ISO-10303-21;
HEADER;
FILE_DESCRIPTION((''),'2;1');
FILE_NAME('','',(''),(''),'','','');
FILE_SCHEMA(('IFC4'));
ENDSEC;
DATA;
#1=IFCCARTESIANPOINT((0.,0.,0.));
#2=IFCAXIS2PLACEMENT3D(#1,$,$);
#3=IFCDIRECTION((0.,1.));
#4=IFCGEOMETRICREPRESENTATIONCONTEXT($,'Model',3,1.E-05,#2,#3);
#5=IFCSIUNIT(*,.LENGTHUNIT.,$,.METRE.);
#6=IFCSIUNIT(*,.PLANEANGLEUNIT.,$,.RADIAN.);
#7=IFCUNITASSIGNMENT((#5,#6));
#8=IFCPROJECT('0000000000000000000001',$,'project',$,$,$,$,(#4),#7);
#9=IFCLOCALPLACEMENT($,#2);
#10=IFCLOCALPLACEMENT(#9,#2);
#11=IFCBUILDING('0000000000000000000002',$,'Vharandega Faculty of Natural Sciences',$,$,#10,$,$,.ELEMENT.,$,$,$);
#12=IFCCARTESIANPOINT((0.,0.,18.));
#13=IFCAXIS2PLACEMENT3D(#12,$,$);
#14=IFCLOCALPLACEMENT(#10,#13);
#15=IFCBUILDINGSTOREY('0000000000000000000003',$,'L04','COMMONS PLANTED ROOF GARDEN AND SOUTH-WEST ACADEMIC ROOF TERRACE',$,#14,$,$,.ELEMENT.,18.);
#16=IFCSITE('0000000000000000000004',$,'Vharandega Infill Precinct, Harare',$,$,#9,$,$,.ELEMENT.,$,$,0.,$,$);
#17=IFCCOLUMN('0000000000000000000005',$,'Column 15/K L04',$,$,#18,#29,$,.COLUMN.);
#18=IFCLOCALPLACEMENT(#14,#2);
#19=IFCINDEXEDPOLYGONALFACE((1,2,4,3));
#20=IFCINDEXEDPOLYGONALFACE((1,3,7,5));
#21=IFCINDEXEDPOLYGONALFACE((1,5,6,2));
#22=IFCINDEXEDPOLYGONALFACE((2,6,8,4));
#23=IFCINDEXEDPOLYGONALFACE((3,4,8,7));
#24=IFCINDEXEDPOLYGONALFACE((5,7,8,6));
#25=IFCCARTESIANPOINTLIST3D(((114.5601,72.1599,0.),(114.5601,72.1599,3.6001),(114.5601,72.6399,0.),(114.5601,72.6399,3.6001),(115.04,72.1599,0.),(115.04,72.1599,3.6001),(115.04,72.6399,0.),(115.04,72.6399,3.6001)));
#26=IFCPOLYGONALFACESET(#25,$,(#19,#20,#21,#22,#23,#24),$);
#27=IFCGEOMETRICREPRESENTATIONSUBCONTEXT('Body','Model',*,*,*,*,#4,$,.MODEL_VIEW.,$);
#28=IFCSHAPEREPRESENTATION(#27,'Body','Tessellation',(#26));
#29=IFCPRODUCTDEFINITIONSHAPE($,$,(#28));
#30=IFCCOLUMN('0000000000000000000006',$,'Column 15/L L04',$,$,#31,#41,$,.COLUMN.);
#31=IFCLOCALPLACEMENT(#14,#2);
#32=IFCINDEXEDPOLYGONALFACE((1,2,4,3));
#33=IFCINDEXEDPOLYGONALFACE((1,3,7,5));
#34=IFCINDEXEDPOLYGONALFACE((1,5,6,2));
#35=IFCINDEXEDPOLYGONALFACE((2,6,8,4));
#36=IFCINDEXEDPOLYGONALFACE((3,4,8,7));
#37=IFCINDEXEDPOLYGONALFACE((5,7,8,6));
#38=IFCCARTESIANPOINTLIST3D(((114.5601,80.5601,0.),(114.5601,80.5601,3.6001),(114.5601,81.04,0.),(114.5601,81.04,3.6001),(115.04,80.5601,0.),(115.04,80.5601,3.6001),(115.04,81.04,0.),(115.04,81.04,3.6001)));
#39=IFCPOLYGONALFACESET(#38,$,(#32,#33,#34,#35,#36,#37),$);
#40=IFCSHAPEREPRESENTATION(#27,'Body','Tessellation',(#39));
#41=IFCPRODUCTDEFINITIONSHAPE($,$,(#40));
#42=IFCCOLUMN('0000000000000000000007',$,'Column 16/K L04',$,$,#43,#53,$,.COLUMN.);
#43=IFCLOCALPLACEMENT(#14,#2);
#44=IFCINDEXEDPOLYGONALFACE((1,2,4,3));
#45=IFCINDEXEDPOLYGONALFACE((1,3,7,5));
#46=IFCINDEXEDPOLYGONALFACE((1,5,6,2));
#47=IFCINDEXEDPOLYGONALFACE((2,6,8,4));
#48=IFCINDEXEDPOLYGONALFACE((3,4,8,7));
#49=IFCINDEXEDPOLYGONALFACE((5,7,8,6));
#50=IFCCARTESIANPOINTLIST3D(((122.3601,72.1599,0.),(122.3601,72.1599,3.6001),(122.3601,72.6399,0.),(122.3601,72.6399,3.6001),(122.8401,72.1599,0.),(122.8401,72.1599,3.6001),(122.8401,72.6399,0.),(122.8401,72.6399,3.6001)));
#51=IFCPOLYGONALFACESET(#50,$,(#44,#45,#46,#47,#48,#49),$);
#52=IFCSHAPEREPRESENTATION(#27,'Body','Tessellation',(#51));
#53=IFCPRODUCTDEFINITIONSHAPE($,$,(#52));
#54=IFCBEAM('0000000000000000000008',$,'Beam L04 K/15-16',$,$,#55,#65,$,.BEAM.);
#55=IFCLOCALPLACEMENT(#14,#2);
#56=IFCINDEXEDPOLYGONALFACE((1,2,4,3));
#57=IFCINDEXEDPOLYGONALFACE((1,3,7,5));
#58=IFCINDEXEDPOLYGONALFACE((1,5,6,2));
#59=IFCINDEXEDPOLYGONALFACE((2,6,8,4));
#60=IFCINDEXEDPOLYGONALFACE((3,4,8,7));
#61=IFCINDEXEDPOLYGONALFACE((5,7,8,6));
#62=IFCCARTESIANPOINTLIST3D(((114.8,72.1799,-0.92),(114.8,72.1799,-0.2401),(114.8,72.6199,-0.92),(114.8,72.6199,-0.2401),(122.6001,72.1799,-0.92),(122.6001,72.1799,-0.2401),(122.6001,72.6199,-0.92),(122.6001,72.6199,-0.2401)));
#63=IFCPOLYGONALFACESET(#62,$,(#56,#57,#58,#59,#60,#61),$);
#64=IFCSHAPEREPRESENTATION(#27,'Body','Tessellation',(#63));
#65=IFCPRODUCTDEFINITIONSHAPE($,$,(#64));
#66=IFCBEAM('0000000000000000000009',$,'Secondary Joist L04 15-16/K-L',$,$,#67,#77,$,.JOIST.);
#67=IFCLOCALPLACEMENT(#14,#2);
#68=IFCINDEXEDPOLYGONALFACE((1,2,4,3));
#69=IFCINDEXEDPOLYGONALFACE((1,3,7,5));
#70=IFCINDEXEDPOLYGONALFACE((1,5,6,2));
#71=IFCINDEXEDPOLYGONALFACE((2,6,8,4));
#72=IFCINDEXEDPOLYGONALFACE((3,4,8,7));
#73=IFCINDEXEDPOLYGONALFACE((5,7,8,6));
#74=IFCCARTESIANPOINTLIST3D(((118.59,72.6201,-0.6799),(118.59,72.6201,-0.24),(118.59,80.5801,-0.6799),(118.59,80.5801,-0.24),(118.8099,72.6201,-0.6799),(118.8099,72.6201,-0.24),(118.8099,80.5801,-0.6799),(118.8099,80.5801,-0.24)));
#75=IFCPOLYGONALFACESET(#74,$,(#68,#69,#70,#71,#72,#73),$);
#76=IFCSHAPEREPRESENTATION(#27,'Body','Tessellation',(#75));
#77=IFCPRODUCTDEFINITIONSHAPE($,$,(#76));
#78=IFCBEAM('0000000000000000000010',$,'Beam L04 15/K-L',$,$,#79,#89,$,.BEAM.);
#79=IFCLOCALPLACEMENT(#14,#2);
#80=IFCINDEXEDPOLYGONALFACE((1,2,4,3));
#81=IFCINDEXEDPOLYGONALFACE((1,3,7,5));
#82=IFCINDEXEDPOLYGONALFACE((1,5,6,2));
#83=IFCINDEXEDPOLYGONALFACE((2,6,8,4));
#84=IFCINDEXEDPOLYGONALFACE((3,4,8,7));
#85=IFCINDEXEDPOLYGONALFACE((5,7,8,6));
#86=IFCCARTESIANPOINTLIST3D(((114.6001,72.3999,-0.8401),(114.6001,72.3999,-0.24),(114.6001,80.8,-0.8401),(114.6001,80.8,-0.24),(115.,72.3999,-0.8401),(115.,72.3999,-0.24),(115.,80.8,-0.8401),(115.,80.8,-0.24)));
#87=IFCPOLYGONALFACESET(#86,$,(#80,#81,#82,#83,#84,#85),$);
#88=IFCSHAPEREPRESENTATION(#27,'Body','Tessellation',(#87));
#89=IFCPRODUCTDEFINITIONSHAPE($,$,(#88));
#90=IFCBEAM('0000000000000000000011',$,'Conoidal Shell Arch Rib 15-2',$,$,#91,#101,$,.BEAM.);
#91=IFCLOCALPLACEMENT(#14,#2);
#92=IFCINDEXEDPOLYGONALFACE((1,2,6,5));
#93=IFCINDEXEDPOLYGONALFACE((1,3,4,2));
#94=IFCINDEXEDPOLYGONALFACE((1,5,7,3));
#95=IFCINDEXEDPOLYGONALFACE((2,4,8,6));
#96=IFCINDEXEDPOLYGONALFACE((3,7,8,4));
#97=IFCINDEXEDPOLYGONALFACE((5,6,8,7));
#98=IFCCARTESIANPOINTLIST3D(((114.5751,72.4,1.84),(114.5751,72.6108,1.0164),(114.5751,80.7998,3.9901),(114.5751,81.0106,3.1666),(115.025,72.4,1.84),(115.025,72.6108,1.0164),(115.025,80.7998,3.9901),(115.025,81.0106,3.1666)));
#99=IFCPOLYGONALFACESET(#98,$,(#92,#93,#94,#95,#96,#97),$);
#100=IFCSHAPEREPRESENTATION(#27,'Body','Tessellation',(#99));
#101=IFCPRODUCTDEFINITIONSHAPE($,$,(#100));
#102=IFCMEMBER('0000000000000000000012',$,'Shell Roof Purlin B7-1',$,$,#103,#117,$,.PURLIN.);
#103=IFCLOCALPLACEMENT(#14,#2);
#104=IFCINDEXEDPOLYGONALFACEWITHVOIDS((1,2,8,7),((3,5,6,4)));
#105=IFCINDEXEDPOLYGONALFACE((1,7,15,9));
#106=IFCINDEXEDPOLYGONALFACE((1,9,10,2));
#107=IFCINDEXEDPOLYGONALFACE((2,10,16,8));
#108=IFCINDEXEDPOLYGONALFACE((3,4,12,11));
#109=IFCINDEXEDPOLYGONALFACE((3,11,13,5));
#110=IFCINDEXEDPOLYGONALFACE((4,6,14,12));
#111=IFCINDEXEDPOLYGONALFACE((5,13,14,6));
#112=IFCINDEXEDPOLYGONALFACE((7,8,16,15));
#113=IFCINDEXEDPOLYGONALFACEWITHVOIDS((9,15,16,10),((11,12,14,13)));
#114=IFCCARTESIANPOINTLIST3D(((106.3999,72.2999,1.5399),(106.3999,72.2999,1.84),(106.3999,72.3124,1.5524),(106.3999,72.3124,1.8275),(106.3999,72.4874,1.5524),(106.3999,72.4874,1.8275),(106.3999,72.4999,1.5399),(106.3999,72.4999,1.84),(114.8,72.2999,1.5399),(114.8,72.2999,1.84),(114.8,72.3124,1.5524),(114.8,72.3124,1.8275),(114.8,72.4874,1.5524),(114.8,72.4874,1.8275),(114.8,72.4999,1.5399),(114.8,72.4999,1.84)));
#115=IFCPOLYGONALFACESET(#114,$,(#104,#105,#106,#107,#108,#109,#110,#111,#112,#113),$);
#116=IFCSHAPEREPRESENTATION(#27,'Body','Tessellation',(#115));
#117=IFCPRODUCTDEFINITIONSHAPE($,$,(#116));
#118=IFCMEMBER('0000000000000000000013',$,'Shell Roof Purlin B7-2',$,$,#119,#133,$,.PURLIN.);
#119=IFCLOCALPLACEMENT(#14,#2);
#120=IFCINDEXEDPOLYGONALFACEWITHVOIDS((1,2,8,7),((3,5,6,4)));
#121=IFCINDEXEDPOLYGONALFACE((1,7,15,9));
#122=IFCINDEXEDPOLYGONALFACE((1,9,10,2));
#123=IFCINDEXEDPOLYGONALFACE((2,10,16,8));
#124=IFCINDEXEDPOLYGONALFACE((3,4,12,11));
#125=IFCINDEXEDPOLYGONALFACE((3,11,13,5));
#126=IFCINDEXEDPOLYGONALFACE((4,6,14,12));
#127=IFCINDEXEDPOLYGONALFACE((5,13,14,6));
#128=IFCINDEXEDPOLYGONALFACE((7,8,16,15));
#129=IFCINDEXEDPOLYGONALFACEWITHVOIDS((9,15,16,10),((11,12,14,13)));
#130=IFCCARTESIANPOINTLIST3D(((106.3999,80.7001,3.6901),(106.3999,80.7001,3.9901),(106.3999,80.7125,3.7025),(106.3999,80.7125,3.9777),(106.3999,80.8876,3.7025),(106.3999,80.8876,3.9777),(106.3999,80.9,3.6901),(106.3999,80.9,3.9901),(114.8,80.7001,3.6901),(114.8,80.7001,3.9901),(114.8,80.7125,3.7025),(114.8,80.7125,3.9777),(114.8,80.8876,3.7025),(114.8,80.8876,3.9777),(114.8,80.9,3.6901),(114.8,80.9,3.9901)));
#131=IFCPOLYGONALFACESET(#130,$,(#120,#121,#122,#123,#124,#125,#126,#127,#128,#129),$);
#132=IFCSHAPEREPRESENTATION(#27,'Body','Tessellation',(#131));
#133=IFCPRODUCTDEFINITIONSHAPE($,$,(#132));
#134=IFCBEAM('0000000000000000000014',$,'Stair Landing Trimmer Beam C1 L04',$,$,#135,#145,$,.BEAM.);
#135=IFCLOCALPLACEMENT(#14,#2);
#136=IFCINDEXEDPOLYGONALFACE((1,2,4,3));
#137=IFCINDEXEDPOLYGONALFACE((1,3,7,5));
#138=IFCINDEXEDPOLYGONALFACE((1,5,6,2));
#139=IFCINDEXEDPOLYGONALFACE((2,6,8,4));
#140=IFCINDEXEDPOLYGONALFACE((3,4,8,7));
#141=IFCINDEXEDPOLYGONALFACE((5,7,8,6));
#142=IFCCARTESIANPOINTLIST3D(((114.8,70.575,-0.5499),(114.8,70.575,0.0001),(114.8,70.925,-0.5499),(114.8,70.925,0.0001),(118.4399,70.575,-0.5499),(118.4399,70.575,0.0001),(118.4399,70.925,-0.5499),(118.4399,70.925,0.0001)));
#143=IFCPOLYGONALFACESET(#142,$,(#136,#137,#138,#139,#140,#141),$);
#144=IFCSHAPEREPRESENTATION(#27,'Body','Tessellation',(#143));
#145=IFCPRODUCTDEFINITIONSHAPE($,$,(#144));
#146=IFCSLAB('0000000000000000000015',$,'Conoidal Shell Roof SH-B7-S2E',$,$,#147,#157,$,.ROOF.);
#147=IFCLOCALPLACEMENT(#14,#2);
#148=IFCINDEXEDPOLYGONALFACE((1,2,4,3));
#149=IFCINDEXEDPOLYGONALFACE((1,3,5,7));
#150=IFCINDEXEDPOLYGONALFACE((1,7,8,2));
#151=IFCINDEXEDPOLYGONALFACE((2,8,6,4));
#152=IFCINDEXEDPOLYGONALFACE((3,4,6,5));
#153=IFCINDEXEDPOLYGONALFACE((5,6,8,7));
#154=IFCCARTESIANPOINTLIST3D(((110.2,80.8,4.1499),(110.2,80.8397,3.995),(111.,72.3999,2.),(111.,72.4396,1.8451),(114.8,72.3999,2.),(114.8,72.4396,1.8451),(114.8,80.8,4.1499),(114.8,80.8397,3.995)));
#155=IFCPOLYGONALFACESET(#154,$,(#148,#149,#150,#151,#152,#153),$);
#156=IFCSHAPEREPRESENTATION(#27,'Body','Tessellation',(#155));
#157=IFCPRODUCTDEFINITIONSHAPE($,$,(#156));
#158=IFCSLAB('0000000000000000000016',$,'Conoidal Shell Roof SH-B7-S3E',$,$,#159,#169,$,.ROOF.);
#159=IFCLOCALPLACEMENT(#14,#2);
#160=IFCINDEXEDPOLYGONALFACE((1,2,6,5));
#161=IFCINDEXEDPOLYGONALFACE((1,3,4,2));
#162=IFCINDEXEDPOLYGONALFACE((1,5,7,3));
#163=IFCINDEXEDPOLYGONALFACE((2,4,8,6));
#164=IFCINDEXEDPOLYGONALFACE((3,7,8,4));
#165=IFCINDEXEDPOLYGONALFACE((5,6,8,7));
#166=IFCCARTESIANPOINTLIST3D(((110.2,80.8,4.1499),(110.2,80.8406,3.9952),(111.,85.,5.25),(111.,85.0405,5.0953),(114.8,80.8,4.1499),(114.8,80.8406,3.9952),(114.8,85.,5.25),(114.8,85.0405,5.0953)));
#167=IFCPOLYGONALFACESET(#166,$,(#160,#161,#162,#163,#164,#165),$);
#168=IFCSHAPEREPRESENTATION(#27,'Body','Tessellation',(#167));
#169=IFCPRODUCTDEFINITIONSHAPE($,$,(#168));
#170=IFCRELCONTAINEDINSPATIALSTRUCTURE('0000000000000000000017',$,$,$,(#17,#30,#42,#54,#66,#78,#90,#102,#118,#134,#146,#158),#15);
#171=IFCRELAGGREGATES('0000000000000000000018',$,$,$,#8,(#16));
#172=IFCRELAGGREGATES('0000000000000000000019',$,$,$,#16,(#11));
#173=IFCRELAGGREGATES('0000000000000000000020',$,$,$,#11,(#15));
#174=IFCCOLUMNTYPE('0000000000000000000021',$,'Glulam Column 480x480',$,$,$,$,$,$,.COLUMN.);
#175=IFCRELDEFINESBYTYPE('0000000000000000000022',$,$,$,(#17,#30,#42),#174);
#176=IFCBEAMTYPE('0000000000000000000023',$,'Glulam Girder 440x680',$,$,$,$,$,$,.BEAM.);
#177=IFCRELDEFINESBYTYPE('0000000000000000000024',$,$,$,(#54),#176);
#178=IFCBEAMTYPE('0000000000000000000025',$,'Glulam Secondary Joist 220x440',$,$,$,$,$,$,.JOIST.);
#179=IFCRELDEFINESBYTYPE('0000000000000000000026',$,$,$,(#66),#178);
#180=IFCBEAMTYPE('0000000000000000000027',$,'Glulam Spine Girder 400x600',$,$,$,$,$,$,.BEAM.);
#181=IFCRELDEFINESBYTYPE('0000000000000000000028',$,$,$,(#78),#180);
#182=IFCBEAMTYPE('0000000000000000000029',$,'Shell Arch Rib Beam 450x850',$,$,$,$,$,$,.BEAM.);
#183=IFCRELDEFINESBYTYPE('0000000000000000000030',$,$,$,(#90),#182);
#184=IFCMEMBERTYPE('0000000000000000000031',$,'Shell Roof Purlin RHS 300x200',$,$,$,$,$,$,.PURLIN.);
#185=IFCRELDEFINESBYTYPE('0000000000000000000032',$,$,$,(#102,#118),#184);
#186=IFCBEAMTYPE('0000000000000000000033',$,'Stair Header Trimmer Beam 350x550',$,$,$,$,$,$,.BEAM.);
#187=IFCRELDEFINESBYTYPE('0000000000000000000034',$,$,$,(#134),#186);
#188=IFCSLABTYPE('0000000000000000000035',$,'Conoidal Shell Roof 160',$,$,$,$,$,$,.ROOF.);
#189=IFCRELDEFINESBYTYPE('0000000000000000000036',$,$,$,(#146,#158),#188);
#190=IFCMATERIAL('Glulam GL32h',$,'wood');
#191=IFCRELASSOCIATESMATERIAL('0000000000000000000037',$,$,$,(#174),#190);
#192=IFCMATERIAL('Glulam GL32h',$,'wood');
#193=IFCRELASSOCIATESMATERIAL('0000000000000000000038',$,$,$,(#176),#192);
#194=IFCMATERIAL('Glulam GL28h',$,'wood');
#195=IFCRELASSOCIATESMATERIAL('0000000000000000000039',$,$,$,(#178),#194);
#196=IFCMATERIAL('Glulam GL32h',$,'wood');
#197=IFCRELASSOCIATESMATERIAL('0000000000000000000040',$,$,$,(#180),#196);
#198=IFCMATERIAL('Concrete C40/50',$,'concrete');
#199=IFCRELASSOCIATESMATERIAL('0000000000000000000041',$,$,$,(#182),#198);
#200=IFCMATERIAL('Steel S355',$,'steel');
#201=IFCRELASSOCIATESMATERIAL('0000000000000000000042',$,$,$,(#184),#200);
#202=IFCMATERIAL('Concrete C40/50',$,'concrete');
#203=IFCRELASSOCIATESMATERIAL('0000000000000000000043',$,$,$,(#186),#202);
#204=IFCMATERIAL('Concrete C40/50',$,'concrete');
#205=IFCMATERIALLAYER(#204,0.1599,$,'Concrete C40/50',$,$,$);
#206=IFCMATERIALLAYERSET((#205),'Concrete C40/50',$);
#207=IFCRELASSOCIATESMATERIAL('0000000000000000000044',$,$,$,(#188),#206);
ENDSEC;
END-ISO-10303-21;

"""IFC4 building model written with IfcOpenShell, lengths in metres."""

from ifc_helpers import new_model, si_unit, direction, frame, origin, origin_2d, place, context, subcontext, project, spatial, polyline, rectangle, hollow_rectangle, outline, extrude, material, layer, layer_set, material_profile, profile_set, type_object, element, save


model = new_model("IFC4")

# Units and contexts
model_context = context("Model", 3, precision=1e-05, world=origin(), true_north=direction((0.0, 1.0)))
body_context = subcontext(model_context, "Body", "Model", "MODEL_VIEW")
ifc_project = project(units=[si_unit("LENGTHUNIT", "METRE"), si_unit("PLANEANGLEUNIT", "RADIAN")], contexts=[model_context])

# Site, building, storey
site_placement = place(None, origin())
site = spatial("IfcSite", under=ifc_project, at=site_placement, Name="Vharandega Infill Precinct, Harare", CompositionType="ELEMENT", RefElevation=0.0)
building_placement = place(site_placement, origin())
building = spatial("IfcBuilding", under=site, at=building_placement, Name="Vharandega Faculty of Natural Sciences", CompositionType="ELEMENT")
storey_placement = place(building_placement, frame((0.0, 0.0, 18.0)))
storey = spatial("IfcBuildingStorey", under=building, at=storey_placement, Name="L04", Description="COMMONS PLANTED ROOF GARDEN AND SOUTH-WEST ACADEMIC ROOF TERRACE", CompositionType="ELEMENT", Elevation=18.0)

# Columns
ifc_material_1 = material(Name="Glulam GL32h", Category="wood")
ifc_material_profile_1 = material_profile(ifc_material_1, rectangle(XDim=0.48, YDim=0.48, at=origin_2d()), Name="GL32h 480x480")
ifc_profile_set_1 = profile_set([ifc_material_profile_1], Name="Glulam GL32h")
column_type = type_object("IfcColumnType", Name="Glulam Column 480x480", PredefinedType="COLUMN", material=ifc_profile_set_1)
for number, where, z_axis, x_axis, name in (
    (1, (114.8, 72.3999, 0.0), (0.0, 0.0, 1.0), (1.0, 0.0, 0.0), "Column 15/K L04"),
    (2, (114.8, 80.8, 0.0), (0.0, 0.0, 1.0), (1.0, 0.0, 0.0), "Column 15/L L04"),
    (3, (122.6001, 72.3999, 0.0), (0.0, 0.0, 1.0), (1.0, 0.0, 0.0), "Column 16/K L04"),
):
    element("IfcColumn", number, at=place(storey_placement, frame(where, z_axis=z_axis, x_axis=x_axis)), inside=storey, type_object=column_type, Name=name, PredefinedType="COLUMN", context=body_context, shape_type="SweptSolid", body=[
        extrude(rectangle(XDim=0.48, YDim=0.48, at=origin_2d()), origin(), (0.0, 0.0, 1.0), 3.6001),
    ])

# Beams
ifc_material_2 = material(Name="Glulam GL32h", Category="wood")
ifc_material_profile_2 = material_profile(ifc_material_2, rectangle(XDim=0.4399, YDim=0.6799, at=origin_2d()), Name="GL32h 440x680")
ifc_profile_set_2 = profile_set([ifc_material_profile_2], Name="Glulam GL32h")
beam_type_1 = type_object("IfcBeamType", Name="Glulam Girder 440x680", PredefinedType="BEAM", material=ifc_profile_set_2)
beam_1_placement = place(storey_placement, frame((114.8, 72.3999, -0.5801), z_axis=(1.0, 0.0, 0.0), x_axis=(0.0, 1.0, 0.0)))
element("IfcBeam", 4, at=beam_1_placement, inside=storey, type_object=beam_type_1, Name="Beam L04 K/15-16", PredefinedType="BEAM", context=body_context, shape_type="SweptSolid", body=[
    extrude(rectangle(XDim=0.4399, YDim=0.6799, at=origin_2d()), origin(), (0.0, 0.0, 1.0), 7.8),
])
ifc_material_3 = material(Name="Glulam GL28h", Category="wood")
ifc_material_profile_3 = material_profile(ifc_material_3, rectangle(XDim=0.22, YDim=0.4399, at=origin_2d()), Name="GL28h 220x440")
ifc_profile_set_3 = profile_set([ifc_material_profile_3], Name="Glulam GL28h")
beam_type_2 = type_object("IfcBeamType", Name="Glulam Secondary Joist 220x440", PredefinedType="JOIST", material=ifc_profile_set_3)
beam_2_placement = place(storey_placement, frame((118.7, 72.6201, -0.46), z_axis=(0.0, 1.0, 0.0), x_axis=(-1.0, 0.0, 0.0)))
element("IfcBeam", 5, at=beam_2_placement, inside=storey, type_object=beam_type_2, Name="Secondary Joist L04 15-16/K-L", PredefinedType="JOIST", context=body_context, shape_type="SweptSolid", body=[
    extrude(rectangle(XDim=0.22, YDim=0.4399, at=origin_2d()), origin(), (0.0, 0.0, 1.0), 7.96),
])
ifc_material_4 = material(Name="Glulam GL32h", Category="wood")
ifc_material_profile_4 = material_profile(ifc_material_4, rectangle(XDim=0.3999, YDim=0.6001, at=origin_2d()), Name="GL32h 400x600")
ifc_profile_set_4 = profile_set([ifc_material_profile_4], Name="Glulam GL32h")
beam_type_3 = type_object("IfcBeamType", Name="Glulam Spine Girder 400x600", PredefinedType="BEAM", material=ifc_profile_set_4)
beam_3_placement = place(storey_placement, frame((114.8, 72.3999, -0.54), z_axis=(0.0, 1.0, 0.0), x_axis=(-1.0, 0.0, 0.0)))
element("IfcBeam", 6, at=beam_3_placement, inside=storey, type_object=beam_type_3, Name="Beam L04 15/K-L", PredefinedType="BEAM", context=body_context, shape_type="SweptSolid", body=[
    extrude(rectangle(XDim=0.3999, YDim=0.6001, at=origin_2d()), origin(), (0.0, 0.0, 1.0), 8.4001),
])
ifc_material_5 = material(Name="Concrete C40/50", Category="concrete")
ifc_material_profile_5 = material_profile(ifc_material_5, rectangle(XDim=0.45, YDim=0.8501, at=origin_2d()), Name="RC 450x850")
ifc_profile_set_5 = profile_set([ifc_material_profile_5], Name="Concrete C40/50")
beam_type_4 = type_object("IfcBeamType", Name="Shell Arch Rib Beam 450x850", PredefinedType="BEAM", material=ifc_profile_set_5)
beam_4_placement = place(storey_placement, frame((114.8, 72.5054, 1.4282), z_axis=(0.0, 0.968766, 0.247978), x_axis=(-1.0, 0.0, 0.0)))
element("IfcBeam", 7, at=beam_4_placement, inside=storey, type_object=beam_type_4, Name="Conoidal Shell Arch Rib 15-2", PredefinedType="BEAM", context=body_context, shape_type="SweptSolid", body=[
    extrude(rectangle(XDim=0.45, YDim=0.8501, at=origin_2d()), origin(), (0.0, 0.0, 1.0), 8.6707),
])

# Members
ifc_material_6 = material(Name="Steel S355", Category="steel")
ifc_material_profile_6 = material_profile(ifc_material_6, hollow_rectangle(XDim=0.2, YDim=0.3, WallThickness=0.0125, at=origin_2d()), Name="RHS 300x200x12.5")
ifc_profile_set_6 = profile_set([ifc_material_profile_6], Name="Steel S355")
member_type = type_object("IfcMemberType", Name="Shell Roof Purlin RHS 300x200", PredefinedType="PURLIN", material=ifc_profile_set_6)
for number, where, z_axis, x_axis, name in (
    (8, (106.3999, 72.3999, 1.6899), (1.0, 0.0, 0.0), (0.0, 1.0, 0.0), "Shell Roof Purlin B7-1"),
    (9, (106.3999, 80.8, 3.8401), (1.0, 0.0, 0.0), (0.0, 1.0, 0.0), "Shell Roof Purlin B7-2"),
):
    element("IfcMember", number, at=place(storey_placement, frame(where, z_axis=z_axis, x_axis=x_axis)), inside=storey, type_object=member_type, Name=name, PredefinedType="PURLIN", context=body_context, shape_type="SweptSolid", body=[
        extrude(hollow_rectangle(XDim=0.2, YDim=0.3, WallThickness=0.0125, at=origin_2d()), origin(), (0.0, 0.0, 1.0), 8.4001),
    ])

# Beam
ifc_material_7 = material(Name="Concrete C40/50", Category="concrete")
ifc_material_profile_7 = material_profile(ifc_material_7, rectangle(XDim=0.3501, YDim=0.55, at=origin_2d()), Name="RC 350x550")
ifc_profile_set_7 = profile_set([ifc_material_profile_7], Name="Concrete C40/50")
beam_type_5 = type_object("IfcBeamType", Name="Stair Header Trimmer Beam 350x550", PredefinedType="BEAM", material=ifc_profile_set_7)
beam_5_placement = place(storey_placement, frame((114.8, 70.75, -0.2749), z_axis=(1.0, 0.0, 0.0), x_axis=(0.0, 1.0, 0.0)))
element("IfcBeam", 10, at=beam_5_placement, inside=storey, type_object=beam_type_5, Name="Stair Landing Trimmer Beam C1 L04", PredefinedType="BEAM", context=body_context, shape_type="SweptSolid", body=[
    extrude(rectangle(XDim=0.3501, YDim=0.55, at=origin_2d()), origin(), (0.0, 0.0, 1.0), 3.6399),
])

# Slabs
ifc_material_8 = material(Name="Concrete C40/50", Category="concrete")
ifc_layer_1 = layer(ifc_material_8, 0.1599, Name="Concrete C40/50")
ifc_layer_set_1 = layer_set([ifc_layer_1], Name="Concrete C40/50")
slab_type = type_object("IfcSlabType", Name="Conoidal Shell Roof 160", PredefinedType="ROOF", material=ifc_layer_set_1)
slab_1_placement = place(storey_placement, frame((111.0, 72.3999, 2.0), z_axis=(0.0, -0.247944, 0.968774), x_axis=(1.0, 0.0, 0.0)))
element("IfcSlab", 11, at=slab_1_placement, inside=storey, type_object=slab_type, Name="Conoidal Shell Roof SH-B7-S2E", PredefinedType="ROOF", context=body_context, shape_type="SweptSolid", body=[
    extrude(outline(polyline([(0.0, 0.0), (3.8, 0.0), (3.8, 8.6709), (-0.8, 8.6709), (0.0, 0.0)])), origin(), (0.0, 0.0, -1.0), 0.1599),
])
slab_2_placement = place(storey_placement, frame((110.2, 80.8, 4.1499), z_axis=(0.0, -0.253383, 0.967366), x_axis=(1.0, 0.0, 0.0)))
element("IfcSlab", 12, at=slab_2_placement, inside=storey, type_object=slab_type, Name="Conoidal Shell Roof SH-B7-S3E", PredefinedType="ROOF", context=body_context, shape_type="SweptSolid", body=[
    extrude(outline(polyline([(0.0, 0.0), (4.6001, 0.0), (4.6001, 4.3416), (0.8, 4.3416), (0.0, 0.0)])), origin(), (0.0, 0.0, -1.0), 0.1599),
])

save(model, "model.ifc")
